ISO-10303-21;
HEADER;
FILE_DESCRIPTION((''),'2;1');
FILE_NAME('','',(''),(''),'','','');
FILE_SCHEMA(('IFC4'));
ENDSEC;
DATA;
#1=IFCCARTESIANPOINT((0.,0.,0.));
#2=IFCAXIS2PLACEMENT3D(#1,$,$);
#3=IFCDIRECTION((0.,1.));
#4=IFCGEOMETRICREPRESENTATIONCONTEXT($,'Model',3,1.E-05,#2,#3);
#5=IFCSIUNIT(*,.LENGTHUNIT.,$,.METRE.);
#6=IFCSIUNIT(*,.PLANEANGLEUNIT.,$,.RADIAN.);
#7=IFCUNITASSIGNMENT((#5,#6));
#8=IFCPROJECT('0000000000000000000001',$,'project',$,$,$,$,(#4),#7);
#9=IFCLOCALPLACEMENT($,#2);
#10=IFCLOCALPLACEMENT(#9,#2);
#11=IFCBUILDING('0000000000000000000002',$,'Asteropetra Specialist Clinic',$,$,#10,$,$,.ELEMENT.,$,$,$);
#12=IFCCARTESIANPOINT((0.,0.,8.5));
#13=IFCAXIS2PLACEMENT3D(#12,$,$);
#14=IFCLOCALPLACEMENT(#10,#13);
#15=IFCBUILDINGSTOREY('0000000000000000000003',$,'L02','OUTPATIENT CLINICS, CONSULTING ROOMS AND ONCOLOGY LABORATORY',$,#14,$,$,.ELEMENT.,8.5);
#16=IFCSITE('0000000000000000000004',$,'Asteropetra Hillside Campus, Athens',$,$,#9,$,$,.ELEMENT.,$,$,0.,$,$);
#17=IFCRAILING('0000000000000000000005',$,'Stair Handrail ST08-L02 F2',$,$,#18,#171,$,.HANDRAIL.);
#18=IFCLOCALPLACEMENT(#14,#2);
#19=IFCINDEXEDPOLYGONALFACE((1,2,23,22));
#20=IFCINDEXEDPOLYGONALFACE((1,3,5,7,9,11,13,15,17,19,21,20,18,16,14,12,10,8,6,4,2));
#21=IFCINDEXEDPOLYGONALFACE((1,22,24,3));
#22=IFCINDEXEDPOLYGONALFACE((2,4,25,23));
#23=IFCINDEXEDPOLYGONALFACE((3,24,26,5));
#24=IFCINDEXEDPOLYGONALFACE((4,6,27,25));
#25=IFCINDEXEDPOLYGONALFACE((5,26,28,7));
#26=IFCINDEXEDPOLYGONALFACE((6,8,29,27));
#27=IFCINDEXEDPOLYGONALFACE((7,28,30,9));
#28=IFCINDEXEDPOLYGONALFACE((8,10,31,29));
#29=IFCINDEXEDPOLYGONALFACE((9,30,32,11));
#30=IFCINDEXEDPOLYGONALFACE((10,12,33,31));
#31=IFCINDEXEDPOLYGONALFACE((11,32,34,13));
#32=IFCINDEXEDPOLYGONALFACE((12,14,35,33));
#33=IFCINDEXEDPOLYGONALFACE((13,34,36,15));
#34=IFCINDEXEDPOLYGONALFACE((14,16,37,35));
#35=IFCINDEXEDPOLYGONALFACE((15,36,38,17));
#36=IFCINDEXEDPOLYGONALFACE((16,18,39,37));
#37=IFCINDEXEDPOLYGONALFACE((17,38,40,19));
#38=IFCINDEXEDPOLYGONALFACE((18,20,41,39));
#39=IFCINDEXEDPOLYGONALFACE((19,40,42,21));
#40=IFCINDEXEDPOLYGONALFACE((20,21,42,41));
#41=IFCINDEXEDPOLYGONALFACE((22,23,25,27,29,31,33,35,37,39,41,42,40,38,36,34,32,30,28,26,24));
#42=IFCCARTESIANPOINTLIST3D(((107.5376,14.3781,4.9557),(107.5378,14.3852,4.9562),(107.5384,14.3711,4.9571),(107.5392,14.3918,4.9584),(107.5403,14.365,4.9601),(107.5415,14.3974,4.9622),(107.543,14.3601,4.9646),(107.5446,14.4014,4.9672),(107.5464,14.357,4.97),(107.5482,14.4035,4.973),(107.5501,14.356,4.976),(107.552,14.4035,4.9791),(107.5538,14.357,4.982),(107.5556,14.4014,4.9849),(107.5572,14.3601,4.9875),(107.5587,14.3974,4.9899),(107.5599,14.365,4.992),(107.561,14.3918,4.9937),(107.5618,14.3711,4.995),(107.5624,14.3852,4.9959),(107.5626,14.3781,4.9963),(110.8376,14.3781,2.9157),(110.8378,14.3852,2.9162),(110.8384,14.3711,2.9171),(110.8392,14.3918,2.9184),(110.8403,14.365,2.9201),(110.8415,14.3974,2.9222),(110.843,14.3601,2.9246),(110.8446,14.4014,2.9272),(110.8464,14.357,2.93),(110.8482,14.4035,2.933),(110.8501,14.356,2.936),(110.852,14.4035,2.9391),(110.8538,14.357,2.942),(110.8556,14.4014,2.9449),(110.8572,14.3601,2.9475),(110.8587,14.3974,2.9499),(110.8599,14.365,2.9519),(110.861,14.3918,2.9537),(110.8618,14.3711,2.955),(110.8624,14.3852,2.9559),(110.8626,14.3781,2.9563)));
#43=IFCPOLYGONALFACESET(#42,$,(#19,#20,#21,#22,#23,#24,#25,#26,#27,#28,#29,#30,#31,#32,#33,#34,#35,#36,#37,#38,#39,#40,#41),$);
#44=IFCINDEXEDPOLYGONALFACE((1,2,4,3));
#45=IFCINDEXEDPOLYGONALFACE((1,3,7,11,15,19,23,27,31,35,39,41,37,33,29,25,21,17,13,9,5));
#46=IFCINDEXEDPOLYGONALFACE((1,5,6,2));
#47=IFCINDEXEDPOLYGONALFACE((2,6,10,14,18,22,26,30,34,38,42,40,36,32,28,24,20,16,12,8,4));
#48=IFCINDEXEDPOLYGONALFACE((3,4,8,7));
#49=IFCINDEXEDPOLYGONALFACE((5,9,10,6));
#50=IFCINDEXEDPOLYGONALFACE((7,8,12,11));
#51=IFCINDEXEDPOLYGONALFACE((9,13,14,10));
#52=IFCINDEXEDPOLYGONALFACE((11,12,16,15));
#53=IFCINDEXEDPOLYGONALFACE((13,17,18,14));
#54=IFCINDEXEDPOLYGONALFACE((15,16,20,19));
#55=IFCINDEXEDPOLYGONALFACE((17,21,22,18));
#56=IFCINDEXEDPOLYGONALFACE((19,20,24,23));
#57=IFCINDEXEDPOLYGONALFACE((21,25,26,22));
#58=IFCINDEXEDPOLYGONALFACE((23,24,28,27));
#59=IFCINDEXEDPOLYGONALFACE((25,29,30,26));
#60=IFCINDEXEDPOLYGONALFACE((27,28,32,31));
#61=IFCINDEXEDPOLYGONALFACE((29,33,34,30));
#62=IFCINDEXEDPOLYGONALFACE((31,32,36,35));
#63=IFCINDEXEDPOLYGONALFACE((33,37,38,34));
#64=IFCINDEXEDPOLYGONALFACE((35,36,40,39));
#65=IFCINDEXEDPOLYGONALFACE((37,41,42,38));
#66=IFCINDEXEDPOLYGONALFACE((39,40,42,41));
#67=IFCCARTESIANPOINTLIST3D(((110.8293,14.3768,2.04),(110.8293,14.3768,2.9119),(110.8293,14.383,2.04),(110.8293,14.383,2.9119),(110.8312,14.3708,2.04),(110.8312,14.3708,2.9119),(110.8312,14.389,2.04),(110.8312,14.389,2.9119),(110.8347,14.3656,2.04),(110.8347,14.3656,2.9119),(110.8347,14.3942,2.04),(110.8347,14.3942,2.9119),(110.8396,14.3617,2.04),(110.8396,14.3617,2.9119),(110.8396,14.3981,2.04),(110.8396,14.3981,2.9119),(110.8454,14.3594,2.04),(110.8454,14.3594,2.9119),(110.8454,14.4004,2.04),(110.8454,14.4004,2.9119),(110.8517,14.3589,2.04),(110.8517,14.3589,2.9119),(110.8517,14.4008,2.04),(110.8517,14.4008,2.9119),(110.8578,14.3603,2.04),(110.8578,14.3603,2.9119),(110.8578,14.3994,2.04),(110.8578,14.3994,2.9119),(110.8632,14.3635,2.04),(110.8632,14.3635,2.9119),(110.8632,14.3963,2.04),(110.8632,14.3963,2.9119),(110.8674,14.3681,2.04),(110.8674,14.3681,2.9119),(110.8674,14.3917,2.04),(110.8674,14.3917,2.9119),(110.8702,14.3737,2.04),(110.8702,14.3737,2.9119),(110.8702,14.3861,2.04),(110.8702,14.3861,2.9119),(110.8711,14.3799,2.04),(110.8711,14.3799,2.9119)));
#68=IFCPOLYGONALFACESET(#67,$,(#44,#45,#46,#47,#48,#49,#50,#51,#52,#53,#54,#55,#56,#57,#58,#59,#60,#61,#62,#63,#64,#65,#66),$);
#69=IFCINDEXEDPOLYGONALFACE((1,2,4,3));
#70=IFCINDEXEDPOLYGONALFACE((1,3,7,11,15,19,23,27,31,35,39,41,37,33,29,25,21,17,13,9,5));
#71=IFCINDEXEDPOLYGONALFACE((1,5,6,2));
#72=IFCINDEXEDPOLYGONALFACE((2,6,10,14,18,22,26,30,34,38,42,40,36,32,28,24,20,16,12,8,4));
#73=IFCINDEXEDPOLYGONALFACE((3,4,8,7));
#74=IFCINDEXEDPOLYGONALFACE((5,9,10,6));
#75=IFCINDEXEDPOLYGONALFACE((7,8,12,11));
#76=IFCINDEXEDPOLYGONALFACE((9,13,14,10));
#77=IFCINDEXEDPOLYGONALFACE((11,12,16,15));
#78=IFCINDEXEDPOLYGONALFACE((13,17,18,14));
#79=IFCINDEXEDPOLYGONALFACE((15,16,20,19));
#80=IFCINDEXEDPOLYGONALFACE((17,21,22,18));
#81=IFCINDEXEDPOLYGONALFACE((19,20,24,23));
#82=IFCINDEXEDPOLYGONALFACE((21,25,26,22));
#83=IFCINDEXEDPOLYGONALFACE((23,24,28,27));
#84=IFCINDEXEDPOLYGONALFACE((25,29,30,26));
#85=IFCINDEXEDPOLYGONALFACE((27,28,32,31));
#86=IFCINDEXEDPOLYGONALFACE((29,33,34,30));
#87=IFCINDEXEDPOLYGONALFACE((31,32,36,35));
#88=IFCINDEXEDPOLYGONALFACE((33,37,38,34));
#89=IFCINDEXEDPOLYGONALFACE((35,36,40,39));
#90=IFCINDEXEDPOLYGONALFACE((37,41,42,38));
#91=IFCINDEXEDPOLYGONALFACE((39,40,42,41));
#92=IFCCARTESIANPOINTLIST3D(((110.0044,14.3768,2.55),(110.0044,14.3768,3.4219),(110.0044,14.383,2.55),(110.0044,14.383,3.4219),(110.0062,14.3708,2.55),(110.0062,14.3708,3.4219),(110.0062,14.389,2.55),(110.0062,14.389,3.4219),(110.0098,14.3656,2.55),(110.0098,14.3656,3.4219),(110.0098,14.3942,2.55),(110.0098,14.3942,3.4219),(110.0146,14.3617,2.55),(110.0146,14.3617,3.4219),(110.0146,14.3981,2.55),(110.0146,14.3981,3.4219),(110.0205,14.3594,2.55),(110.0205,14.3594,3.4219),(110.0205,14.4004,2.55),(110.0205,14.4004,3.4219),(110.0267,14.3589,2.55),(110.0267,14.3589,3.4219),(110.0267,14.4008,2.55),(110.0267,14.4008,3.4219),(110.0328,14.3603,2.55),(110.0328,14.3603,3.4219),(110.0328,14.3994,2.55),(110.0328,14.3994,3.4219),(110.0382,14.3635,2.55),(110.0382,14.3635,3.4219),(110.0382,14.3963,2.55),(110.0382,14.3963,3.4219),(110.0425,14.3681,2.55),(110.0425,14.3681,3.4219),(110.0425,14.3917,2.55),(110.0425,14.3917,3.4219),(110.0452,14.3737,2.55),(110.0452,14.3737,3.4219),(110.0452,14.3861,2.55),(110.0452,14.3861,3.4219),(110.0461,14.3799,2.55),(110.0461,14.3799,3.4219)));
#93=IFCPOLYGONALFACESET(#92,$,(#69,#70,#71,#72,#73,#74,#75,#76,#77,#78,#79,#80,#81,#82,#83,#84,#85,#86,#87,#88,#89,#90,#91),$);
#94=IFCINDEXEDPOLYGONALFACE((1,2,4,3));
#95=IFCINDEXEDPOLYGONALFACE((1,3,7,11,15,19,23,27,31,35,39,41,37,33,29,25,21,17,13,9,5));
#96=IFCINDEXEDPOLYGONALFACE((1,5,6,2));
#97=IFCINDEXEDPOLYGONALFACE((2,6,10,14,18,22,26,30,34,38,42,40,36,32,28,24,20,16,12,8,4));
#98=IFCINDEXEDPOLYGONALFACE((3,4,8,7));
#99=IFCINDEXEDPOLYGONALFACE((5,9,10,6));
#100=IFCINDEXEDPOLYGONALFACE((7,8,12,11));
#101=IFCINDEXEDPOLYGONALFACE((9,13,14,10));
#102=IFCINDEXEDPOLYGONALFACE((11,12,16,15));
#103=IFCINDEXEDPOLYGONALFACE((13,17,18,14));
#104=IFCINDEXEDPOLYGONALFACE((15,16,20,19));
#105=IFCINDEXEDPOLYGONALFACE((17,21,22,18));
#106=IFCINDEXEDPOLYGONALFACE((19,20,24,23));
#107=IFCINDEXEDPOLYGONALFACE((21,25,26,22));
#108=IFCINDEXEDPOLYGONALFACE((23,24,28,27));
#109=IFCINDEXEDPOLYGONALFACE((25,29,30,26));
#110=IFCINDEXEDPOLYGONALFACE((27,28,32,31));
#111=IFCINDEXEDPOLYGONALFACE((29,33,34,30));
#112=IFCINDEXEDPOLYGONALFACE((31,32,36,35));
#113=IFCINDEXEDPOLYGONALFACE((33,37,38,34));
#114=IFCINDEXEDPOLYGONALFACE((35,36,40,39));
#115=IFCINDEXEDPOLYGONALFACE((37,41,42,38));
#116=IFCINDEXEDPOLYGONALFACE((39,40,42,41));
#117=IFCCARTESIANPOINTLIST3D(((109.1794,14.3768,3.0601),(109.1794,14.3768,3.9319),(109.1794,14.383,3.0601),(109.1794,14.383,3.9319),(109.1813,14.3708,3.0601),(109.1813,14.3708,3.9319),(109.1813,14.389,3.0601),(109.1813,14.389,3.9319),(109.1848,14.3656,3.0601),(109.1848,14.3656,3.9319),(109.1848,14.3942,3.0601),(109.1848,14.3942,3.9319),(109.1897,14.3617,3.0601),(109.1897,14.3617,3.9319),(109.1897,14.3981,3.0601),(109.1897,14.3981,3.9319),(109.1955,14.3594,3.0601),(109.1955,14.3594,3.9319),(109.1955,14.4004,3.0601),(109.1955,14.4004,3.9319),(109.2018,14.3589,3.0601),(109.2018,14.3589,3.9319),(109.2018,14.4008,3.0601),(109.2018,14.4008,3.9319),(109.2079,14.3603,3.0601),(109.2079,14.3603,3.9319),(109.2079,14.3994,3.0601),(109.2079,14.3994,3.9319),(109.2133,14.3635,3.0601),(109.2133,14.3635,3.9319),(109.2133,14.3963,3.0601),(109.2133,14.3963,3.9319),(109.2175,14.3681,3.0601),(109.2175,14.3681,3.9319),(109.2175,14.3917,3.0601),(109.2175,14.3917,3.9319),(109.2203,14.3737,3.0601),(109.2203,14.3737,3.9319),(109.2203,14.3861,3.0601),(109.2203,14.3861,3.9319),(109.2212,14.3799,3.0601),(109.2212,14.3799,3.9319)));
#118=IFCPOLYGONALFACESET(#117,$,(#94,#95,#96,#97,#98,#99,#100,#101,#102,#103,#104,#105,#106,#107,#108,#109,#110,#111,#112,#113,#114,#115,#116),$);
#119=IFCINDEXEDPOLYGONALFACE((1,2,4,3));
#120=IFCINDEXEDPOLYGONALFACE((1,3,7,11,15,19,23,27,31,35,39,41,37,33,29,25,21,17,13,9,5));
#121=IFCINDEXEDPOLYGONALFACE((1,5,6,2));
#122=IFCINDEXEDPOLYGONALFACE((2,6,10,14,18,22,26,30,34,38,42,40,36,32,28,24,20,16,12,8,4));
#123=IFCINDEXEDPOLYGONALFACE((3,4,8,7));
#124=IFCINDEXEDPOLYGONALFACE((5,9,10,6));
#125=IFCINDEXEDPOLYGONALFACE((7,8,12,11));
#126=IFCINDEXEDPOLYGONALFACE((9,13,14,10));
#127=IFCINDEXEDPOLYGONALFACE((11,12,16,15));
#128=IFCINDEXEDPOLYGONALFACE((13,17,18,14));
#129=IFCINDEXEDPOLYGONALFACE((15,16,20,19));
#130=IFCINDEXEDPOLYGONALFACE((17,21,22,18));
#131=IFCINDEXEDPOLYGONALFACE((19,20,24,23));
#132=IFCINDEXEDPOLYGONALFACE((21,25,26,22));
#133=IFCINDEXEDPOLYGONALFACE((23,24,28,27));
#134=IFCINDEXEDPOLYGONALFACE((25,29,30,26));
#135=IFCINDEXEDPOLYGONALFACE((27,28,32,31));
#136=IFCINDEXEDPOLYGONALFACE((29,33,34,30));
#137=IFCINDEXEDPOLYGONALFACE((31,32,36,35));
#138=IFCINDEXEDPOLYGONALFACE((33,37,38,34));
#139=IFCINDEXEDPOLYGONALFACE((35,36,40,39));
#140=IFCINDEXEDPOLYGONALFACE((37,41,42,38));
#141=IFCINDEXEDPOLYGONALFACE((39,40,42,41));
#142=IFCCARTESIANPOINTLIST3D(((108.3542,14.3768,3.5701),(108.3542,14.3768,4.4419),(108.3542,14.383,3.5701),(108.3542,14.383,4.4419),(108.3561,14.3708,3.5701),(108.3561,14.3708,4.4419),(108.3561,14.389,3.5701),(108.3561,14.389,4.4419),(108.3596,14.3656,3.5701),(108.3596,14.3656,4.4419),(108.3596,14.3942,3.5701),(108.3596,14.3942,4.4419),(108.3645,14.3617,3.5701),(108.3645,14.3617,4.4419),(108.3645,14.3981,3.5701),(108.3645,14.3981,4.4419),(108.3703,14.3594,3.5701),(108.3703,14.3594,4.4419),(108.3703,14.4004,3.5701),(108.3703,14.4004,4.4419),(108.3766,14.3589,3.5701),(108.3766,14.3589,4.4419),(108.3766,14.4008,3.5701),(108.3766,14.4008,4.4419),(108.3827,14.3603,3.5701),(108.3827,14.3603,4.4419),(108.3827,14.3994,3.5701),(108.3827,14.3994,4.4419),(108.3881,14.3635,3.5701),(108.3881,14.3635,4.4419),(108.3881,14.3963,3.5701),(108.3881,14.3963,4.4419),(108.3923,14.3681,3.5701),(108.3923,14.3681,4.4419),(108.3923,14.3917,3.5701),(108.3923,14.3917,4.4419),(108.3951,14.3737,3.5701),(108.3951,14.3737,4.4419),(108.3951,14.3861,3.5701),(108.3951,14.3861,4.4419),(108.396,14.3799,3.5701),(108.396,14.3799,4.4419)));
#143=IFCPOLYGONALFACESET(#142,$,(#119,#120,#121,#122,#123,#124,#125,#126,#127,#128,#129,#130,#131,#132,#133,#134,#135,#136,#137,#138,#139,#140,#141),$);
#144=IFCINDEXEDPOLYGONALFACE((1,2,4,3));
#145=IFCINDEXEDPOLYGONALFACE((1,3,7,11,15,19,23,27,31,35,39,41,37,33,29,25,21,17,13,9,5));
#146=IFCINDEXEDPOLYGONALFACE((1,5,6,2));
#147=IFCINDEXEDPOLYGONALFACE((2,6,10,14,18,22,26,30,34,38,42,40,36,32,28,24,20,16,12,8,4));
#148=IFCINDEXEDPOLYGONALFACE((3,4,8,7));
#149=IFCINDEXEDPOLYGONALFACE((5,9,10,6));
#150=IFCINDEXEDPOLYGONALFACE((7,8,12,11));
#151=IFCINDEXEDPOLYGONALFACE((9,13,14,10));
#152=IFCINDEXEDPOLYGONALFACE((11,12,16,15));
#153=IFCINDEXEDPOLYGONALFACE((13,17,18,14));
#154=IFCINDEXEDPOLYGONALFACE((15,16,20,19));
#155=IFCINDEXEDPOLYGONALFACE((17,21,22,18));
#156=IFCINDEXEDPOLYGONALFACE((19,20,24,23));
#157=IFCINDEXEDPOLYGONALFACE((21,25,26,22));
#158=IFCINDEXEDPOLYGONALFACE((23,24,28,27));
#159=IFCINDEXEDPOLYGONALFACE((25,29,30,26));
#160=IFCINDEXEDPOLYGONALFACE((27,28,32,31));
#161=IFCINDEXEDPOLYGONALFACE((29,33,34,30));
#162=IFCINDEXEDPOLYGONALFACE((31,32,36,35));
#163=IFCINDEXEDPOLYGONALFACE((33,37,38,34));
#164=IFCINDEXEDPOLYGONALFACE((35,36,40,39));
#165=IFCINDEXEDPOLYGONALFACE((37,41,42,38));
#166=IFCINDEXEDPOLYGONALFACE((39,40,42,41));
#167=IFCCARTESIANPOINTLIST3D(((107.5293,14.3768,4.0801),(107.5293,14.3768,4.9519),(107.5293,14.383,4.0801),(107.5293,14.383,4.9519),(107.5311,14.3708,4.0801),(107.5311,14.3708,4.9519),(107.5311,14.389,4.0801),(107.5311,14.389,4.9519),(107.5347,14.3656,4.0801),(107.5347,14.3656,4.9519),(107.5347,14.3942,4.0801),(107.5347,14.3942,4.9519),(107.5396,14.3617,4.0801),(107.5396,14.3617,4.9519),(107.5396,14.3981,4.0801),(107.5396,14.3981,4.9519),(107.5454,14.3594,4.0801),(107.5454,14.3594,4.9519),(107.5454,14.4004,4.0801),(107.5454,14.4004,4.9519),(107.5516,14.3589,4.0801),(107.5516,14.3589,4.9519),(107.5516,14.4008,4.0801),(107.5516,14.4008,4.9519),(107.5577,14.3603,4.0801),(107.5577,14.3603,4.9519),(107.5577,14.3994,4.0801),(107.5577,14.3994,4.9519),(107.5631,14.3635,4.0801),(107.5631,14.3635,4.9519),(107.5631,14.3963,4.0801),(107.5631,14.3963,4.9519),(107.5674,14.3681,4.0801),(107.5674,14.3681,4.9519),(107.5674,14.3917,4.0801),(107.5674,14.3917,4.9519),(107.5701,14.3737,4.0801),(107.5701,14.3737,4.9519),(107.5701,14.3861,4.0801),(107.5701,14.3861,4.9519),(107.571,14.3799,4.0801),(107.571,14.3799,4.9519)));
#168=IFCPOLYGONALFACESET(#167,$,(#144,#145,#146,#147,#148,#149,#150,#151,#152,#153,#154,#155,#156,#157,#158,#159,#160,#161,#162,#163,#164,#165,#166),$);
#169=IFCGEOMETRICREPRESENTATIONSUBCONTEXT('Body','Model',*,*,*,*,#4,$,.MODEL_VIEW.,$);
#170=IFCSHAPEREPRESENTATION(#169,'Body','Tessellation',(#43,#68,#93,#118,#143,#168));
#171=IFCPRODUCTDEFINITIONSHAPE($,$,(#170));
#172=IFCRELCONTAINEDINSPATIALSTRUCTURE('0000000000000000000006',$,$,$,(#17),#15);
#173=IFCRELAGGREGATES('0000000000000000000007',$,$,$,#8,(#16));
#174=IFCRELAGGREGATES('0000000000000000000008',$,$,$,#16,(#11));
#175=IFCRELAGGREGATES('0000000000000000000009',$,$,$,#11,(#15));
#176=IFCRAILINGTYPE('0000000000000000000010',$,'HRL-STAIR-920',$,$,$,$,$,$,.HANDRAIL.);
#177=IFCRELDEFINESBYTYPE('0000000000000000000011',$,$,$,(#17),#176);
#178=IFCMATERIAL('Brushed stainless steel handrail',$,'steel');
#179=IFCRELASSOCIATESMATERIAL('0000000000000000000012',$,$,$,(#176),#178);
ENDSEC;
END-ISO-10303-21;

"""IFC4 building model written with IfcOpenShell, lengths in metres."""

from ifc_helpers import new_model, si_unit, direction, frame, origin, origin_2d, place, context, subcontext, project, spatial, circle, extrude, material, type_object, element, save


model = new_model("IFC4")

# Units and contexts
model_context = context("Model", 3, precision=1e-05, world=origin(), true_north=direction((0.0, 1.0)))
body_context = subcontext(model_context, "Body", "Model", "MODEL_VIEW")
ifc_project = project(units=[si_unit("LENGTHUNIT", "METRE"), si_unit("PLANEANGLEUNIT", "RADIAN")], contexts=[model_context])

# Site, building, storey
site_placement = place(None, origin())
site = spatial("IfcSite", under=ifc_project, at=site_placement, Name="Asteropetra Hillside Campus, Athens", CompositionType="ELEMENT", RefElevation=0.0)
building_placement = place(site_placement, origin())
building = spatial("IfcBuilding", under=site, at=building_placement, Name="Asteropetra Specialist Clinic", CompositionType="ELEMENT")
storey_placement = place(building_placement, frame((0.0, 0.0, 8.5)))
storey = spatial("IfcBuildingStorey", under=building, at=storey_placement, Name="L02", Description="OUTPATIENT CLINICS, CONSULTING ROOMS AND ONCOLOGY LABORATORY", CompositionType="ELEMENT", Elevation=8.5)

# Railing
ifc_material_1 = material(Name="Brushed stainless steel handrail", Category="steel")
railing_type_1 = type_object("IfcRailingType", Name="HRL-STAIR-920", PredefinedType="HANDRAIL", material=ifc_material_1)
railing_1_placement = place(storey_placement, frame((110.8501, 14.3799, 2.04)))
element("IfcRailing", 1, at=railing_1_placement, inside=storey, type_object=railing_type_1, Name="Stair Handrail ST08-L02 F2", PredefinedType="HANDRAIL", context=body_context, shape_type="SweptSolid", body=[
    extrude(circle(Radius=0.0239, at=origin_2d()), frame((0.0, 0.0, 0.896), z_axis=(-0.850594, 0.0, 0.525824), x_axis=(0.0, -1.0, 0.0)), (0.0, 0.0, 1.0), 3.8796),
    extrude(circle(Radius=0.021, at=origin_2d()), origin(), (0.0, 0.0, 1.0), 0.8718),
    extrude(circle(Radius=0.021, at=origin_2d()), frame((-0.825, 0.0, 0.51)), (0.0, 0.0, 1.0), 0.8718),
    extrude(circle(Radius=0.021, at=origin_2d()), frame((-1.6499, 0.0, 1.02)), (0.0, 0.0, 1.0), 0.8718),
    extrude(circle(Radius=0.021, at=origin_2d()), frame((-2.4751, 0.0, 1.53)), (0.0, 0.0, 1.0), 0.8718),
    extrude(circle(Radius=0.021, at=origin_2d()), frame((-3.3, 0.0, 2.04)), (0.0, 0.0, 1.0), 0.8718),
])

save(model, "model.ifc")
